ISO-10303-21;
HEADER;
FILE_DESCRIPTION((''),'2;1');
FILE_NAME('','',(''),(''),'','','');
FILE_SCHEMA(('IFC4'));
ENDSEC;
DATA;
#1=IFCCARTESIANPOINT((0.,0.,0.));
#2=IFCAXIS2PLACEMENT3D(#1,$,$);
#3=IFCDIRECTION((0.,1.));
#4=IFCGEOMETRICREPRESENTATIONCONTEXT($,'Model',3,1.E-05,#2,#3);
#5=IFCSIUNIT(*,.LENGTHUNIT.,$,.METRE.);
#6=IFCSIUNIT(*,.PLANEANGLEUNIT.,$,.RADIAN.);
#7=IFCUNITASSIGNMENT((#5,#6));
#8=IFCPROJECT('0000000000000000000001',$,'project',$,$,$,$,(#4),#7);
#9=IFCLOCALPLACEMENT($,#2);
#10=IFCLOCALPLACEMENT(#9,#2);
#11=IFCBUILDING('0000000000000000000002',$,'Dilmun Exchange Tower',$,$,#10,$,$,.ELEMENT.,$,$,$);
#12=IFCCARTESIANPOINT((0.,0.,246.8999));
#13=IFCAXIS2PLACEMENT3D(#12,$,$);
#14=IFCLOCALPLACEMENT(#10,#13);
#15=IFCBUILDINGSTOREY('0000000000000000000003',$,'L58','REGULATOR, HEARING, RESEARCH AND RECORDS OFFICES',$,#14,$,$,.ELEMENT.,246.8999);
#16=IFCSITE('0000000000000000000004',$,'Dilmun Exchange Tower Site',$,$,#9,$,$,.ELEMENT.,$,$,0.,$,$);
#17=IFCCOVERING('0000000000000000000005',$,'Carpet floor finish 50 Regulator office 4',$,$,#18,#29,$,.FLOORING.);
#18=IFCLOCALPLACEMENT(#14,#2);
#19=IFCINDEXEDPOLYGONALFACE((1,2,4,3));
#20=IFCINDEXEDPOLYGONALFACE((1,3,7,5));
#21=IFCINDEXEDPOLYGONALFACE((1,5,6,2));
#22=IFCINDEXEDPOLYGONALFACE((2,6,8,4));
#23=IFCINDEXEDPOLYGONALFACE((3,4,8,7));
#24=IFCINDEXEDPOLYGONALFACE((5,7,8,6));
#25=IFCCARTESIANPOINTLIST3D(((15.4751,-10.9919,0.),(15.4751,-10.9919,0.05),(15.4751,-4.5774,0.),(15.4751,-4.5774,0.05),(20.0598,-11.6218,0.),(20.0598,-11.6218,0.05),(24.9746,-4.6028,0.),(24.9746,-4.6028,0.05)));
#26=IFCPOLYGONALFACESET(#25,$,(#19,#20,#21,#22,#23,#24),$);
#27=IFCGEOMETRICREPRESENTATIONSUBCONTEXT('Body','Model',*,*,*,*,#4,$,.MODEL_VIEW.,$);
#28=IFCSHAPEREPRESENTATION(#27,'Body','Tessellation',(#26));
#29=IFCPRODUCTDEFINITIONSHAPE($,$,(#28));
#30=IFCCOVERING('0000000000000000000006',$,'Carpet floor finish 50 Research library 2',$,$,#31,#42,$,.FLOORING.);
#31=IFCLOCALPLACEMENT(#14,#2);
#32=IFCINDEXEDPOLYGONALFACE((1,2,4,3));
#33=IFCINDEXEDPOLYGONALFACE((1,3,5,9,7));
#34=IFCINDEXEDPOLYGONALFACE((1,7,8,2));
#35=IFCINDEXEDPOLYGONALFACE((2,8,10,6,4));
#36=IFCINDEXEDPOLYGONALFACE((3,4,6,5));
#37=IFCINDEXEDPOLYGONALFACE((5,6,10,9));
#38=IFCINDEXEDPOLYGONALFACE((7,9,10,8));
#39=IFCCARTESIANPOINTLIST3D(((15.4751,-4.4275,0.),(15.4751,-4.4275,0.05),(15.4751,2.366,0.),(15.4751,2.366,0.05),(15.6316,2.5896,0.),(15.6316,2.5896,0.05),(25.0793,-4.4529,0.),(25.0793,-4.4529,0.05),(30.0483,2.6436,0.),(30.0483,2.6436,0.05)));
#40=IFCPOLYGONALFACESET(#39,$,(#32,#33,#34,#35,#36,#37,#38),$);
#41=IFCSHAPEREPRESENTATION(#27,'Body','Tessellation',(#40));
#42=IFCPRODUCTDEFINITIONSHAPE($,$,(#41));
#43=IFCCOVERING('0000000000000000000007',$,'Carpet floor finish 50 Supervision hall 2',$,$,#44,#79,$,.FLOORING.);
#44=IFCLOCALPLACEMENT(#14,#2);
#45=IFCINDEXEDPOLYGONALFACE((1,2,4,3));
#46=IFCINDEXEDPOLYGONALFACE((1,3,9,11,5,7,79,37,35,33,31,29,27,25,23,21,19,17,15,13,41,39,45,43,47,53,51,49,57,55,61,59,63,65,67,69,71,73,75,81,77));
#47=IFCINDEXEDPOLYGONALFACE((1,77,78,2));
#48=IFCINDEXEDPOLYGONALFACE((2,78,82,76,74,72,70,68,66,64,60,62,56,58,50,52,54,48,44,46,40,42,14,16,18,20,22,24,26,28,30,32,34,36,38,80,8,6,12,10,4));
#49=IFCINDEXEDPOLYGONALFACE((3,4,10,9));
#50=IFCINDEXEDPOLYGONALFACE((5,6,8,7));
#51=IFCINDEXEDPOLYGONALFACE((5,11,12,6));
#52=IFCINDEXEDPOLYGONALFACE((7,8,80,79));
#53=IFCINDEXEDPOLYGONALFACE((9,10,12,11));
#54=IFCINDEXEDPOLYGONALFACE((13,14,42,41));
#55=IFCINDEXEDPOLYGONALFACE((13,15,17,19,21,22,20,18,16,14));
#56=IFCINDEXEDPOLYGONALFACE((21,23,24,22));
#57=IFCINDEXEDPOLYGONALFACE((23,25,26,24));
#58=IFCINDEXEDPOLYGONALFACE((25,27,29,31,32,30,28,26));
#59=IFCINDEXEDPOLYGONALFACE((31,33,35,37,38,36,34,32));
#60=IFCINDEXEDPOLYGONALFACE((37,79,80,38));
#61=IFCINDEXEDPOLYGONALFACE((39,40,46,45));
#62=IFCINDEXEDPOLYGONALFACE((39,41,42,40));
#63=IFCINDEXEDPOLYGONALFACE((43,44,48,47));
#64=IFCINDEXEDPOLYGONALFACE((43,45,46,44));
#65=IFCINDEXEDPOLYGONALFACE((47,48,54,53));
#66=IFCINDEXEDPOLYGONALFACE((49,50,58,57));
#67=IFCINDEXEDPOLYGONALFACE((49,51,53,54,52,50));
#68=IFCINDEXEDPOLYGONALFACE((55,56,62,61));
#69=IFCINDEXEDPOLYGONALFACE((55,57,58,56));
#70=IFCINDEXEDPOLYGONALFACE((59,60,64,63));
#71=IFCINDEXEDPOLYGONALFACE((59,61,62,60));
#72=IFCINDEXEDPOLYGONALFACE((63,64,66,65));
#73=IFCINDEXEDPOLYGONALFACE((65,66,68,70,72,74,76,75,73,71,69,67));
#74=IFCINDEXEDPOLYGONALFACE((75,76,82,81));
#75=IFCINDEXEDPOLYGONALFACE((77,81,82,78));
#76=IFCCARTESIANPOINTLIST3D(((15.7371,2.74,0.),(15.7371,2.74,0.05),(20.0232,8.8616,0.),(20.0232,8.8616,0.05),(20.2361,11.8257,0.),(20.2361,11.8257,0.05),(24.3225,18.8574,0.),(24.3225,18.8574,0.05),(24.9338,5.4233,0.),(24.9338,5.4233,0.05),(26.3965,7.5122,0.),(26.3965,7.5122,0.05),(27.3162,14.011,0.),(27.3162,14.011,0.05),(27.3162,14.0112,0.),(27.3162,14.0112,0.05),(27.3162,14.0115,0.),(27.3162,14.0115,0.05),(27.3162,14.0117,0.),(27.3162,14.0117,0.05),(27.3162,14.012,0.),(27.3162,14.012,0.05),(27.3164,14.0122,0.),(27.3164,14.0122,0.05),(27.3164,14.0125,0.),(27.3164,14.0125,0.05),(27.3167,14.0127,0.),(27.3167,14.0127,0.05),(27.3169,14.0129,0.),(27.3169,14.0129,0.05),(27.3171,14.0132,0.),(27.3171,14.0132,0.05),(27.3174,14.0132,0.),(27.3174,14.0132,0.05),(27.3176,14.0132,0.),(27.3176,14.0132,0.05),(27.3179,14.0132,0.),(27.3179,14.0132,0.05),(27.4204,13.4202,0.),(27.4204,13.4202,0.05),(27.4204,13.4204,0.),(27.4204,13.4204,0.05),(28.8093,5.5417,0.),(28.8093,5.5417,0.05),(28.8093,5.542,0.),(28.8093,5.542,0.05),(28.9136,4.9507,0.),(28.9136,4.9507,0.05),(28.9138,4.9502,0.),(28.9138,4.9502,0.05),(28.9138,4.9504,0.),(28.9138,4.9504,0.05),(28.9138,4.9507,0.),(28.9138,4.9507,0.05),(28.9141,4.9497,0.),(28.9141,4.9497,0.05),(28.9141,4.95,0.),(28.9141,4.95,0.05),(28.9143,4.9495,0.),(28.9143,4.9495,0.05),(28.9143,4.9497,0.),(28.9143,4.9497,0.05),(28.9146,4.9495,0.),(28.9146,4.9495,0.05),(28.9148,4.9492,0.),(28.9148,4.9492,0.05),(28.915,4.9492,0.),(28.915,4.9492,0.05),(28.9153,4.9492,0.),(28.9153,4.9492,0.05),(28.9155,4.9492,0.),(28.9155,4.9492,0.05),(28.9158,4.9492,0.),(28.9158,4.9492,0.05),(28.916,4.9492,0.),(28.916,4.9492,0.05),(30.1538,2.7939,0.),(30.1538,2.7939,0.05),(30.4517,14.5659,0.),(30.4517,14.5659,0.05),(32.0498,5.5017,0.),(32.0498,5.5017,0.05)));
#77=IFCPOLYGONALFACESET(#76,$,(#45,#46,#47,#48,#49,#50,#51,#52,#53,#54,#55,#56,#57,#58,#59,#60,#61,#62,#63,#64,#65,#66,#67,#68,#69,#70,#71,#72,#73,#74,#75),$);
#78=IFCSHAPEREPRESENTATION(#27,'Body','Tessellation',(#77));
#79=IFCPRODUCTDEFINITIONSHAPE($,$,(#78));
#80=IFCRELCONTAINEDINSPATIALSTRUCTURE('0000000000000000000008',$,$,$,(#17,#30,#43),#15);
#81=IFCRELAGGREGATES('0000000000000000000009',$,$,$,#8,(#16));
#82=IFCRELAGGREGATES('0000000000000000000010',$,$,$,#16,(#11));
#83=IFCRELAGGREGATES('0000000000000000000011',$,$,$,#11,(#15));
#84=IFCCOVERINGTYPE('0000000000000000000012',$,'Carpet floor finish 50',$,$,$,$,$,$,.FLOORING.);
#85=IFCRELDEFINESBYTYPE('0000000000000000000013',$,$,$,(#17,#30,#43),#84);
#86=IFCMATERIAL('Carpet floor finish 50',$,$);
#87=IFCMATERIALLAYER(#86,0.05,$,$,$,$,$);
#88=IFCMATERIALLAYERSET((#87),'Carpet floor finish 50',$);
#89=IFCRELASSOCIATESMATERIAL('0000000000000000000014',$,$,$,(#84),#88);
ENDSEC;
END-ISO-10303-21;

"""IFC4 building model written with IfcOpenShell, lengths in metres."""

from ifc_helpers import new_model, si_unit, direction, frame, origin, place, context, subcontext, project, spatial, polyline, outline, extrude, material, layer, layer_set, type_object, element, save


model = new_model("IFC4")

# Units and contexts
model_context = context("Model", 3, precision=1e-05, world=origin(), true_north=direction((0.0, 1.0)))
body_context = subcontext(model_context, "Body", "Model", "MODEL_VIEW")
ifc_project = project(units=[si_unit("LENGTHUNIT", "METRE"), si_unit("PLANEANGLEUNIT", "RADIAN")], contexts=[model_context])

# Site, building, storey
site_placement = place(None, origin())
site = spatial("IfcSite", under=ifc_project, at=site_placement, Name="Dilmun Exchange Tower Site", CompositionType="ELEMENT", RefElevation=0.0)
building_placement = place(site_placement, origin())
building = spatial("IfcBuilding", under=site, at=building_placement, Name="Dilmun Exchange Tower", CompositionType="ELEMENT")
storey_placement = place(building_placement, frame((0.0, 0.0, 246.8999)))
storey = spatial("IfcBuildingStorey", under=building, at=storey_placement, Name="L58", Description="REGULATOR, HEARING, RESEARCH AND RECORDS OFFICES", CompositionType="ELEMENT", Elevation=246.8999)

# Coverings
ifc_material_1 = material(Name="Carpet floor finish 50")
ifc_layer_1 = layer(ifc_material_1, 0.05)
ifc_layer_set_1 = layer_set([ifc_layer_1], Name="Carpet floor finish 50")
covering_type = type_object("IfcCoveringType", Name="Carpet floor finish 50", PredefinedType="FLOORING", material=ifc_layer_set_1)
covering_1_placement = place(storey_placement, origin())
element("IfcCovering", 1, at=covering_1_placement, inside=storey, type_object=covering_type, Name="Carpet floor finish 50 Regulator office 4", PredefinedType="FLOORING", context=body_context, shape_type="SweptSolid", body=[
    extrude(outline(polyline([(15.4751, -10.9919), (15.4751, -4.5774), (24.9746, -4.6028), (20.0598, -11.6218), (15.4751, -10.9919)])), origin(), (0.0, 0.0, 1.0), 0.05),
])
covering_2_placement = place(storey_placement, origin())
element("IfcCovering", 2, at=covering_2_placement, inside=storey, type_object=covering_type, Name="Carpet floor finish 50 Research library 2", PredefinedType="FLOORING", context=body_context, shape_type="SweptSolid", body=[
    extrude(outline(polyline([(15.4751, -4.4275), (15.4751, 2.366), (15.6316, 2.5896), (30.0483, 2.6436), (25.0793, -4.4529), (15.4751, -4.4275)])), origin(), (0.0, 0.0, 1.0), 0.05),
])
covering_3_placement = place(storey_placement, origin())
element("IfcCovering", 3, at=covering_3_placement, inside=storey, type_object=covering_type, Name="Carpet floor finish 50 Supervision hall 2", PredefinedType="FLOORING", context=body_context, shape_type="SweptSolid", body=[
    extrude(outline(polyline([(15.7371, 2.74), (20.0232, 8.8616), (24.9338, 5.4233), (26.3965, 7.5122), (20.2361, 11.8257), (24.3225, 18.8574), (30.4517, 14.5659), (27.3179, 14.0132), (27.3176, 14.0132), (27.3174, 14.0132), (27.3171, 14.0132), (27.3169, 14.0129), (27.3169, 14.0129), (27.3167, 14.0127), (27.3167, 14.0127), (27.3164, 14.0125), (27.3164, 14.0122), (27.3164, 14.0122), (27.3162, 14.012), (27.3162, 14.0117), (27.3162, 14.0117), (27.3162, 14.0115), (27.3162, 14.0112), (27.3162, 14.011), (27.4204, 13.4204), (27.4204, 13.4204), (27.4204, 13.4202), (28.8093, 5.542), (28.8093, 5.542), (28.8093, 5.542), (28.8093, 5.5417), (28.9136, 4.9507), (28.9138, 4.9507), (28.9138, 4.9504), (28.9138, 4.9502), (28.9138, 4.9502), (28.9141, 4.95), (28.9141, 4.9497), (28.9143, 4.9497), (28.9143, 4.9495), (28.9146, 4.9495), (28.9148, 4.9492), (28.915, 4.9492), (28.9153, 4.9492), (28.9153, 4.9492), (28.9155, 4.9492), (28.9158, 4.9492), (28.916, 4.9492), (32.0498, 5.5017), (30.1538, 2.7939), (15.7371, 2.74)])), origin(), (0.0, 0.0, 1.0), 0.05),
])

save(model, "model.ifc")
